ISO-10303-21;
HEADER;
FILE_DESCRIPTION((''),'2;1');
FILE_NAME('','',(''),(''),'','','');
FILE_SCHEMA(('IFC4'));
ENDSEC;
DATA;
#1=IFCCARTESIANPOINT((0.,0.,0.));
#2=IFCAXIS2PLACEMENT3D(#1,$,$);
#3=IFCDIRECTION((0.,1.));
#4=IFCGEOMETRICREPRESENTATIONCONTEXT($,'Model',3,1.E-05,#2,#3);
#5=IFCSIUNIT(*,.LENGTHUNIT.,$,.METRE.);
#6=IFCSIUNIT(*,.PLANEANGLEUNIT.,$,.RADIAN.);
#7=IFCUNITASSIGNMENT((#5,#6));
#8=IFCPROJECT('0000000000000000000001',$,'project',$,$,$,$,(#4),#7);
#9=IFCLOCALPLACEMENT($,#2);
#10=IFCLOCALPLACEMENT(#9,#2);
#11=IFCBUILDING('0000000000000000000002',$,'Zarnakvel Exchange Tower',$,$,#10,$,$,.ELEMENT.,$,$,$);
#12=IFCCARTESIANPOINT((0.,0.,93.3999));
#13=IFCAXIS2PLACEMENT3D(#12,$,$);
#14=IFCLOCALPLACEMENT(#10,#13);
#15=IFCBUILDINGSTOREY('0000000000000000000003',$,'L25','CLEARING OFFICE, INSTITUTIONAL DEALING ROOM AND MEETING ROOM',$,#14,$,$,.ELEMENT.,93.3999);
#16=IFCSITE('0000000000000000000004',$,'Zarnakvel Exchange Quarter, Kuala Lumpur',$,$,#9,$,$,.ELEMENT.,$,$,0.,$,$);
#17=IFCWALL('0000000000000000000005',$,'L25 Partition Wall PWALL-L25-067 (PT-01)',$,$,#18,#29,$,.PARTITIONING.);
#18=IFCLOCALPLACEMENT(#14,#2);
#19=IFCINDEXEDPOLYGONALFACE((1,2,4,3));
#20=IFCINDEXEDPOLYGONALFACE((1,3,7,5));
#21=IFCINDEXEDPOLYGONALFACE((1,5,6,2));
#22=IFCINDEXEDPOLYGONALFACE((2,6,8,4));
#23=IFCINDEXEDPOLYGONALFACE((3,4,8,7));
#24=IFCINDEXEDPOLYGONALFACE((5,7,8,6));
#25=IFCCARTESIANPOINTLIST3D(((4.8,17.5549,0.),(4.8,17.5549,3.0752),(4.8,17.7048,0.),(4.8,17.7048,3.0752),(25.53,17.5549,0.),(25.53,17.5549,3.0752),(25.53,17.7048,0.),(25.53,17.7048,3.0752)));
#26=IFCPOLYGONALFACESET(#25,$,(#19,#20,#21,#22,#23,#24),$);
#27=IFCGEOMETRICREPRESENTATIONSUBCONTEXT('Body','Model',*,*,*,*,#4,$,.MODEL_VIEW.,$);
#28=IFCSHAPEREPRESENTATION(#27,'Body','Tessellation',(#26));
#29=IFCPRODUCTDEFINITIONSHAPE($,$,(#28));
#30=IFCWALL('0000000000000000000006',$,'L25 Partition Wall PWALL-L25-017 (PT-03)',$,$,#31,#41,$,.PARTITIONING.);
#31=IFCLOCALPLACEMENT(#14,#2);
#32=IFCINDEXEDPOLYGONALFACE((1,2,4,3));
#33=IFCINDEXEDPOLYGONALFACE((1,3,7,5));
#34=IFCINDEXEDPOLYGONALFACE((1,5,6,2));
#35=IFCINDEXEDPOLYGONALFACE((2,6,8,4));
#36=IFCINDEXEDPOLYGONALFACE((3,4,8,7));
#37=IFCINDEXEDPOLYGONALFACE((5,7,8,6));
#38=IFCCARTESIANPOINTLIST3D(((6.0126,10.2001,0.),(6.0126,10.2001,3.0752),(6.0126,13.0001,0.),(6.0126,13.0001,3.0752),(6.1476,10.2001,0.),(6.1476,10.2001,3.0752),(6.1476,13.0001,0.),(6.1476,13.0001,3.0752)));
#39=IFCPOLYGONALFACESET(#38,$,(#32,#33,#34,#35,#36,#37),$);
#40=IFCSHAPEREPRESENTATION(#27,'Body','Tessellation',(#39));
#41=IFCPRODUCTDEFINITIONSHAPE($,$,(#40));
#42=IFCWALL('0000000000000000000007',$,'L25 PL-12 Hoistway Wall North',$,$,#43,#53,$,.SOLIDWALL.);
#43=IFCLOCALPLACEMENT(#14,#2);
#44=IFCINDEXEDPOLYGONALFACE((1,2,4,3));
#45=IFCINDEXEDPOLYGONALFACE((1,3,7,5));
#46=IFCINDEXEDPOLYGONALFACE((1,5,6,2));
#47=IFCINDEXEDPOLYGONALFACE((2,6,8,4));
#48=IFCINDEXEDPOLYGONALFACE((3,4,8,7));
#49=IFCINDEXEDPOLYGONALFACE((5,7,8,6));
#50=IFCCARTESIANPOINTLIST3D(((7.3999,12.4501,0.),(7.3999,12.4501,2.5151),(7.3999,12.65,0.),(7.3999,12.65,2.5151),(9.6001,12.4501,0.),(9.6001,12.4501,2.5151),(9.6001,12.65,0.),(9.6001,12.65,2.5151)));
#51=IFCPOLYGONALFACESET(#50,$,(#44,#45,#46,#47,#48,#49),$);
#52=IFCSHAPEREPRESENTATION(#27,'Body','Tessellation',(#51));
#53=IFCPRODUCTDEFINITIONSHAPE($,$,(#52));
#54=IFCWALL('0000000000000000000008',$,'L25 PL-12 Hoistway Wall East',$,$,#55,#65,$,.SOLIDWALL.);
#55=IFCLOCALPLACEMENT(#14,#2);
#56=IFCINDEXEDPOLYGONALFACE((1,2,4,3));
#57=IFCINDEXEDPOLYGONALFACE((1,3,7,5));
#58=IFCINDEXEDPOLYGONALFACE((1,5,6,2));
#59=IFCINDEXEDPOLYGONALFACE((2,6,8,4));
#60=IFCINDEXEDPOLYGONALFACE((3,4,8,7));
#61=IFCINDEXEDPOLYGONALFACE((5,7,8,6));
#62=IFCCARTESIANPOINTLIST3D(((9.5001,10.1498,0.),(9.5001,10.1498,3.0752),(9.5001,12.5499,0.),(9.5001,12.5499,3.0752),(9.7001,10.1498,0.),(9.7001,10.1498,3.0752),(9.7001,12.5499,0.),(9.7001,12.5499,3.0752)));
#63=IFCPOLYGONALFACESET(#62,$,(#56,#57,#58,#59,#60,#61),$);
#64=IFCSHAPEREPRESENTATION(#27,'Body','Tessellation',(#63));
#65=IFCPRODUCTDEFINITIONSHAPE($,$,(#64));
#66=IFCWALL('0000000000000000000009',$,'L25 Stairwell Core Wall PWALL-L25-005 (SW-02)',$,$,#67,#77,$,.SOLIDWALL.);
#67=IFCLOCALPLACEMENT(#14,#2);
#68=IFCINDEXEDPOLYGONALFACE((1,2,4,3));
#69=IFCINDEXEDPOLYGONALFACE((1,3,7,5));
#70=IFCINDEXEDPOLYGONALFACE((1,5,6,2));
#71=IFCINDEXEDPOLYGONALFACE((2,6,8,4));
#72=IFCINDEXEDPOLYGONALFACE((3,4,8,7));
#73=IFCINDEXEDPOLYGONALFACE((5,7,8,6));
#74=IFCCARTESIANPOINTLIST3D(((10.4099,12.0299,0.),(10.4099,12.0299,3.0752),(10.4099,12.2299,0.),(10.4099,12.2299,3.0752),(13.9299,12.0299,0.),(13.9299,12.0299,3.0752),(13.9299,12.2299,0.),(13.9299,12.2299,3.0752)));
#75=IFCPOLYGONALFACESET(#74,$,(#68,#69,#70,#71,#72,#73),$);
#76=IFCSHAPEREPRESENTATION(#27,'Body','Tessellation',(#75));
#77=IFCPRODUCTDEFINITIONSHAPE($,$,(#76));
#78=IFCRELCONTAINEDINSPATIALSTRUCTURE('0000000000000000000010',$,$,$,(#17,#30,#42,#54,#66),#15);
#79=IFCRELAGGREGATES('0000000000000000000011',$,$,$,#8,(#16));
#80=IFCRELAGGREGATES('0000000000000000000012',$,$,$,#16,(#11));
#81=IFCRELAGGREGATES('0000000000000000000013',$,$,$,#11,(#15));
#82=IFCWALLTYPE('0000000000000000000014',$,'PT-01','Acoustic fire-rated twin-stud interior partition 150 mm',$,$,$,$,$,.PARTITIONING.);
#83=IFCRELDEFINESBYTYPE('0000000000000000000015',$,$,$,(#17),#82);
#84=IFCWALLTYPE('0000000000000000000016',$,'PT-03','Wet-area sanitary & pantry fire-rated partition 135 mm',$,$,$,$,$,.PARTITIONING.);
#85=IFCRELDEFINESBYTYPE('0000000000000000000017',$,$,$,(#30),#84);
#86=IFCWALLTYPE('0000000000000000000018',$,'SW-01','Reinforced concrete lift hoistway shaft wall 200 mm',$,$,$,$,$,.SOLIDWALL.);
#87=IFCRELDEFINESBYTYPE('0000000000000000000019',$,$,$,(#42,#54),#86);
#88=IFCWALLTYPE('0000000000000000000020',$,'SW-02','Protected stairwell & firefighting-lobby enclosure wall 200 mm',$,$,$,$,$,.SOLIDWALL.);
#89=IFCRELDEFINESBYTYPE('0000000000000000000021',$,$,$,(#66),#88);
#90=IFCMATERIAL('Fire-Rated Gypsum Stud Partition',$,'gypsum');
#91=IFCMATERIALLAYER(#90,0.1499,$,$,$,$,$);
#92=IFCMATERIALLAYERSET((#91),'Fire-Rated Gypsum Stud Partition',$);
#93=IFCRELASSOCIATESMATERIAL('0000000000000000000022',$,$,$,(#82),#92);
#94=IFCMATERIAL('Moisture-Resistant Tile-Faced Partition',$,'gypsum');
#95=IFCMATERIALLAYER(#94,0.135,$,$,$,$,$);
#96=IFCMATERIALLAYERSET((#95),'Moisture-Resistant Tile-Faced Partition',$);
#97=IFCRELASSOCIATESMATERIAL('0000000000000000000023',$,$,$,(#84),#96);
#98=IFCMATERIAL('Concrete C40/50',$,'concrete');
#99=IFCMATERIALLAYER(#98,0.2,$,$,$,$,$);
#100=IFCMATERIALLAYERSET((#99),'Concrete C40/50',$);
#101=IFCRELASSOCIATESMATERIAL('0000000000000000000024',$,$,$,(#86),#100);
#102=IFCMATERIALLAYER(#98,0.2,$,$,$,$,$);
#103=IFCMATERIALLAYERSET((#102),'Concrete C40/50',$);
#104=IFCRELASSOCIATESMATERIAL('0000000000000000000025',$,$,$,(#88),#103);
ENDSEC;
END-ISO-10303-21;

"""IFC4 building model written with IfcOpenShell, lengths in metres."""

from ifc_helpers import new_model, si_unit, direction, frame, frame_2d, origin, place, context, subcontext, project, spatial, rectangle, extrude, material, layer, layer_set, type_object, element, save


model = new_model("IFC4")

# Units and contexts
model_context = context("Model", 3, precision=1e-05, world=origin(), true_north=direction((0.0, 1.0)))
body_context = subcontext(model_context, "Body", "Model", "MODEL_VIEW")
ifc_project = project(units=[si_unit("LENGTHUNIT", "METRE"), si_unit("PLANEANGLEUNIT", "RADIAN")], contexts=[model_context])

# Site, building, storey
site_placement = place(None, origin())
site = spatial("IfcSite", under=ifc_project, at=site_placement, Name="Zarnakvel Exchange Quarter, Kuala Lumpur", CompositionType="ELEMENT", RefElevation=0.0)
building_placement = place(site_placement, origin())
building = spatial("IfcBuilding", under=site, at=building_placement, Name="Zarnakvel Exchange Tower", CompositionType="ELEMENT")
storey_placement = place(building_placement, frame((0.0, 0.0, 93.3999)))
storey = spatial("IfcBuildingStorey", under=building, at=storey_placement, Name="L25", Description="CLEARING OFFICE, INSTITUTIONAL DEALING ROOM AND MEETING ROOM", CompositionType="ELEMENT", Elevation=93.3999)

# Shared definitions
ifc_material_1 = material(Name="Fire-Rated Gypsum Stud Partition", Category="gypsum")
ifc_layer_1 = layer(ifc_material_1, 0.1499)
ifc_layer_set_1 = layer_set([ifc_layer_1], Name="Fire-Rated Gypsum Stud Partition")
wall_type_1 = type_object("IfcWallType", Name="PT-01", Description="Acoustic fire-rated twin-stud interior partition 150 mm", PredefinedType="PARTITIONING", material=ifc_layer_set_1)

# Wall
wall_1_placement = place(storey_placement, frame((4.8, 17.6299, 0.0), z_axis=(0.0, 0.0, 1.0), x_axis=(1.0, 0.0, 0.0)))
element("IfcWall", 1, at=wall_1_placement, inside=storey, type_object=wall_type_1, Name="L25 Partition Wall PWALL-L25-067 (PT-01)", PredefinedType="PARTITIONING", context=body_context, shape_type="SweptSolid", body=[
    extrude(rectangle(XDim=20.73, YDim=0.1499, at=frame_2d((10.365, 0.0))), origin(), (0.0, 0.0, 1.0), 3.0752),
])

# Shared definitions
ifc_material_2 = material(Name="Moisture-Resistant Tile-Faced Partition", Category="gypsum")
ifc_layer_2 = layer(ifc_material_2, 0.135)
ifc_layer_set_2 = layer_set([ifc_layer_2], Name="Moisture-Resistant Tile-Faced Partition")
wall_type_2 = type_object("IfcWallType", Name="PT-03", Description="Wet-area sanitary & pantry fire-rated partition 135 mm", PredefinedType="PARTITIONING", material=ifc_layer_set_2)

# Walls
wall_2_placement = place(storey_placement, frame((6.0801, 13.0, 0.0), z_axis=(0.0, 0.0, 1.0), x_axis=(0.0, -1.0, 0.0)))
element("IfcWall", 2, at=wall_2_placement, inside=storey, type_object=wall_type_2, Name="L25 Partition Wall PWALL-L25-017 (PT-03)", PredefinedType="PARTITIONING", context=body_context, shape_type="SweptSolid", body=[
    extrude(rectangle(XDim=2.8, YDim=0.135, at=frame_2d((1.3999, 0.0))), origin(), (0.0, 0.0, 1.0), 3.0752),
])
ifc_material_3 = material(Name="Concrete C40/50", Category="concrete")
ifc_layer_3 = layer(ifc_material_3, 0.2)
ifc_layer_set_3 = layer_set([ifc_layer_3], Name="Concrete C40/50")
wall_type_3 = type_object("IfcWallType", Name="SW-01", Description="Reinforced concrete lift hoistway shaft wall 200 mm", PredefinedType="SOLIDWALL", material=ifc_layer_set_3)
wall_3_placement = place(storey_placement, frame((7.3999, 12.55, 0.0), z_axis=(0.0, 0.0, 1.0), x_axis=(1.0, 0.0, 0.0)))
element("IfcWall", 3, at=wall_3_placement, inside=storey, type_object=wall_type_3, Name="L25 PL-12 Hoistway Wall North", PredefinedType="SOLIDWALL", context=body_context, shape_type="SweptSolid", body=[
    extrude(rectangle(XDim=2.2002, YDim=0.2, at=frame_2d((1.1001, 0.0))), origin(), (0.0, 0.0, 1.0), 2.5151),
])
wall_4_placement = place(storey_placement, frame((9.6001, 12.55, 0.0), z_axis=(0.0, 0.0, 1.0), x_axis=(0.0, -1.0, 0.0)))
element("IfcWall", 4, at=wall_4_placement, inside=storey, type_object=wall_type_3, Name="L25 PL-12 Hoistway Wall East", PredefinedType="SOLIDWALL", context=body_context, shape_type="SweptSolid", body=[
    extrude(rectangle(XDim=2.4001, YDim=0.2, at=frame_2d((1.2002, 0.0))), origin(), (0.0, 0.0, 1.0), 3.0752),
])
ifc_layer_4 = layer(ifc_material_3, 0.2)
ifc_layer_set_4 = layer_set([ifc_layer_4], Name="Concrete C40/50")
wall_type_4 = type_object("IfcWallType", Name="SW-02", Description="Protected stairwell & firefighting-lobby enclosure wall 200 mm", PredefinedType="SOLIDWALL", material=ifc_layer_set_4)
wall_5_placement = place(storey_placement, frame((10.4099, 12.1299, 0.0), z_axis=(0.0, 0.0, 1.0), x_axis=(1.0, 0.0, 0.0)))
element("IfcWall", 5, at=wall_5_placement, inside=storey, type_object=wall_type_4, Name="L25 Stairwell Core Wall PWALL-L25-005 (SW-02)", PredefinedType="SOLIDWALL", context=body_context, shape_type="SweptSolid", body=[
    extrude(rectangle(XDim=3.52, YDim=0.2, at=frame_2d((1.76, 0.0))), origin(), (0.0, 0.0, 1.0), 3.0752),
])

save(model, "model.ifc")
